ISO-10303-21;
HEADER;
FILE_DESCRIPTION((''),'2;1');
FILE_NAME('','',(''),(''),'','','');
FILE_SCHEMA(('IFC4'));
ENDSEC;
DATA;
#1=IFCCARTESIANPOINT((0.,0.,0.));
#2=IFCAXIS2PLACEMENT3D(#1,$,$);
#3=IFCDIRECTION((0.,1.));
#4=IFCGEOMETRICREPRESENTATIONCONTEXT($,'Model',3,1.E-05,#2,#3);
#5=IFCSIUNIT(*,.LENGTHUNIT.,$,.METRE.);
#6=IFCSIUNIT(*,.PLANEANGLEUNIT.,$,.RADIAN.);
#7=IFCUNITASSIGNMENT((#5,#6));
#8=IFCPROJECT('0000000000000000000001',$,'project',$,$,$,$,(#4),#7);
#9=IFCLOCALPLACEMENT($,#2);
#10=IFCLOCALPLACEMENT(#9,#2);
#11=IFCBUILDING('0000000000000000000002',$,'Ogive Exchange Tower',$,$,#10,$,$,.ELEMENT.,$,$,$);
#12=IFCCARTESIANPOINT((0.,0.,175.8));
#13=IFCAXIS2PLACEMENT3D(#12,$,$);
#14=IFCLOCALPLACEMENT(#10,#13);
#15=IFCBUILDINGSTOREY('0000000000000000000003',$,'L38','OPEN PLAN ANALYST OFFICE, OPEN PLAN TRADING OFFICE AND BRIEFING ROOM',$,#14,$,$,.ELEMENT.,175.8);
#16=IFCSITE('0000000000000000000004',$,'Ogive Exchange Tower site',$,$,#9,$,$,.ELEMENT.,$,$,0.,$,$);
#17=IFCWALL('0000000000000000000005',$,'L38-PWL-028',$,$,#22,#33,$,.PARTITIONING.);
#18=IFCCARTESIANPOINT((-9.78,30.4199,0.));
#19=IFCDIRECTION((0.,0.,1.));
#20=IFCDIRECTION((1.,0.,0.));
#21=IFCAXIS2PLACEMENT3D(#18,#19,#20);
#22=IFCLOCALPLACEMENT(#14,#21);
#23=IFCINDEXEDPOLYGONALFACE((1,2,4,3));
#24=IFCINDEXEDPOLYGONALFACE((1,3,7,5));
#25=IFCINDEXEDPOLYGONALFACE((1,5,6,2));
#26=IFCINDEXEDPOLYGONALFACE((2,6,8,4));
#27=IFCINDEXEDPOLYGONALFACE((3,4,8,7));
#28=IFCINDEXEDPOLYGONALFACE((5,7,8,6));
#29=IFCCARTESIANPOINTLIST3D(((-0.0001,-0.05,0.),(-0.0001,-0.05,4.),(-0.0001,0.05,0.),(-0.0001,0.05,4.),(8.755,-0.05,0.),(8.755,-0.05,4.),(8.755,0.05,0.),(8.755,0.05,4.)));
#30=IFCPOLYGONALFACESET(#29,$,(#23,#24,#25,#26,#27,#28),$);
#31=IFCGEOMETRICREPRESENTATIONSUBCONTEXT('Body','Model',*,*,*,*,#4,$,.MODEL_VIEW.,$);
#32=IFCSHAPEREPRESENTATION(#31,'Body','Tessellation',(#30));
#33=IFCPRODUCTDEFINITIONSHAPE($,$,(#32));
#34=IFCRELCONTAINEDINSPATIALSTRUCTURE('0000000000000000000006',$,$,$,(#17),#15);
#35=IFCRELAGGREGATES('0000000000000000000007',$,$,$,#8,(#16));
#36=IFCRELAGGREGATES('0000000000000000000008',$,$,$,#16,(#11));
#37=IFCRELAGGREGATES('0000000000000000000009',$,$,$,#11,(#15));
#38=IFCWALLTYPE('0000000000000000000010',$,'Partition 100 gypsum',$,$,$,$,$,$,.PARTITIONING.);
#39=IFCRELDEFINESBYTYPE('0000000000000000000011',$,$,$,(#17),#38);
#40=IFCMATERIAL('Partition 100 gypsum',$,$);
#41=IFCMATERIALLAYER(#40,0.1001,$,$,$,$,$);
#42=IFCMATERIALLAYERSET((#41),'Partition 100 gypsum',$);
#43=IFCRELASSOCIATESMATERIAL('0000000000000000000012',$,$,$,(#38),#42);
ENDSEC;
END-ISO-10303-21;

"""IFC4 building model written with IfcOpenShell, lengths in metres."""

from ifc_helpers import new_model, si_unit, direction, frame, frame_2d, origin, place, context, subcontext, project, spatial, rectangle, extrude, material, layer, layer_set, type_object, element, save


model = new_model("IFC4")

# Units and contexts
model_context = context("Model", 3, precision=1e-05, world=origin(), true_north=direction((0.0, 1.0)))
body_context = subcontext(model_context, "Body", "Model", "MODEL_VIEW")
ifc_project = project(units=[si_unit("LENGTHUNIT", "METRE"), si_unit("PLANEANGLEUNIT", "RADIAN")], contexts=[model_context])

# Site, building, storey
site_placement = place(None, origin())
site = spatial("IfcSite", under=ifc_project, at=site_placement, Name="Ogive Exchange Tower site", CompositionType="ELEMENT", RefElevation=0.0)
building_placement = place(site_placement, origin())
building = spatial("IfcBuilding", under=site, at=building_placement, Name="Ogive Exchange Tower", CompositionType="ELEMENT")
storey_placement = place(building_placement, frame((0.0, 0.0, 175.8)))
storey = spatial("IfcBuildingStorey", under=building, at=storey_placement, Name="L38", Description="OPEN PLAN ANALYST OFFICE, OPEN PLAN TRADING OFFICE AND BRIEFING ROOM", CompositionType="ELEMENT", Elevation=175.8)

# Shared definitions
ifc_material_1 = material(Name="Partition 100 gypsum")
ifc_layer_1 = layer(ifc_material_1, 0.1001)
ifc_layer_set_1 = layer_set([ifc_layer_1], Name="Partition 100 gypsum")
wall_type_1 = type_object("IfcWallType", Name="Partition 100 gypsum", PredefinedType="PARTITIONING", material=ifc_layer_set_1)

# Wall
wall_1_placement = place(storey_placement, frame((-9.78, 30.4199, 0.0), z_axis=(0.0, 0.0, 1.0), x_axis=(1.0, 0.0, 0.0)))
element("IfcWall", 1, at=wall_1_placement, inside=storey, type_object=wall_type_1, Name="L38-PWL-028", PredefinedType="PARTITIONING", context=body_context, shape_type="SweptSolid", body=[
    extrude(rectangle(XDim=8.7551, YDim=0.1001, at=frame_2d((4.3774, 0.0))), origin(), (0.0, 0.0, 1.0), 4.0),
])

save(model, "model.ifc")
